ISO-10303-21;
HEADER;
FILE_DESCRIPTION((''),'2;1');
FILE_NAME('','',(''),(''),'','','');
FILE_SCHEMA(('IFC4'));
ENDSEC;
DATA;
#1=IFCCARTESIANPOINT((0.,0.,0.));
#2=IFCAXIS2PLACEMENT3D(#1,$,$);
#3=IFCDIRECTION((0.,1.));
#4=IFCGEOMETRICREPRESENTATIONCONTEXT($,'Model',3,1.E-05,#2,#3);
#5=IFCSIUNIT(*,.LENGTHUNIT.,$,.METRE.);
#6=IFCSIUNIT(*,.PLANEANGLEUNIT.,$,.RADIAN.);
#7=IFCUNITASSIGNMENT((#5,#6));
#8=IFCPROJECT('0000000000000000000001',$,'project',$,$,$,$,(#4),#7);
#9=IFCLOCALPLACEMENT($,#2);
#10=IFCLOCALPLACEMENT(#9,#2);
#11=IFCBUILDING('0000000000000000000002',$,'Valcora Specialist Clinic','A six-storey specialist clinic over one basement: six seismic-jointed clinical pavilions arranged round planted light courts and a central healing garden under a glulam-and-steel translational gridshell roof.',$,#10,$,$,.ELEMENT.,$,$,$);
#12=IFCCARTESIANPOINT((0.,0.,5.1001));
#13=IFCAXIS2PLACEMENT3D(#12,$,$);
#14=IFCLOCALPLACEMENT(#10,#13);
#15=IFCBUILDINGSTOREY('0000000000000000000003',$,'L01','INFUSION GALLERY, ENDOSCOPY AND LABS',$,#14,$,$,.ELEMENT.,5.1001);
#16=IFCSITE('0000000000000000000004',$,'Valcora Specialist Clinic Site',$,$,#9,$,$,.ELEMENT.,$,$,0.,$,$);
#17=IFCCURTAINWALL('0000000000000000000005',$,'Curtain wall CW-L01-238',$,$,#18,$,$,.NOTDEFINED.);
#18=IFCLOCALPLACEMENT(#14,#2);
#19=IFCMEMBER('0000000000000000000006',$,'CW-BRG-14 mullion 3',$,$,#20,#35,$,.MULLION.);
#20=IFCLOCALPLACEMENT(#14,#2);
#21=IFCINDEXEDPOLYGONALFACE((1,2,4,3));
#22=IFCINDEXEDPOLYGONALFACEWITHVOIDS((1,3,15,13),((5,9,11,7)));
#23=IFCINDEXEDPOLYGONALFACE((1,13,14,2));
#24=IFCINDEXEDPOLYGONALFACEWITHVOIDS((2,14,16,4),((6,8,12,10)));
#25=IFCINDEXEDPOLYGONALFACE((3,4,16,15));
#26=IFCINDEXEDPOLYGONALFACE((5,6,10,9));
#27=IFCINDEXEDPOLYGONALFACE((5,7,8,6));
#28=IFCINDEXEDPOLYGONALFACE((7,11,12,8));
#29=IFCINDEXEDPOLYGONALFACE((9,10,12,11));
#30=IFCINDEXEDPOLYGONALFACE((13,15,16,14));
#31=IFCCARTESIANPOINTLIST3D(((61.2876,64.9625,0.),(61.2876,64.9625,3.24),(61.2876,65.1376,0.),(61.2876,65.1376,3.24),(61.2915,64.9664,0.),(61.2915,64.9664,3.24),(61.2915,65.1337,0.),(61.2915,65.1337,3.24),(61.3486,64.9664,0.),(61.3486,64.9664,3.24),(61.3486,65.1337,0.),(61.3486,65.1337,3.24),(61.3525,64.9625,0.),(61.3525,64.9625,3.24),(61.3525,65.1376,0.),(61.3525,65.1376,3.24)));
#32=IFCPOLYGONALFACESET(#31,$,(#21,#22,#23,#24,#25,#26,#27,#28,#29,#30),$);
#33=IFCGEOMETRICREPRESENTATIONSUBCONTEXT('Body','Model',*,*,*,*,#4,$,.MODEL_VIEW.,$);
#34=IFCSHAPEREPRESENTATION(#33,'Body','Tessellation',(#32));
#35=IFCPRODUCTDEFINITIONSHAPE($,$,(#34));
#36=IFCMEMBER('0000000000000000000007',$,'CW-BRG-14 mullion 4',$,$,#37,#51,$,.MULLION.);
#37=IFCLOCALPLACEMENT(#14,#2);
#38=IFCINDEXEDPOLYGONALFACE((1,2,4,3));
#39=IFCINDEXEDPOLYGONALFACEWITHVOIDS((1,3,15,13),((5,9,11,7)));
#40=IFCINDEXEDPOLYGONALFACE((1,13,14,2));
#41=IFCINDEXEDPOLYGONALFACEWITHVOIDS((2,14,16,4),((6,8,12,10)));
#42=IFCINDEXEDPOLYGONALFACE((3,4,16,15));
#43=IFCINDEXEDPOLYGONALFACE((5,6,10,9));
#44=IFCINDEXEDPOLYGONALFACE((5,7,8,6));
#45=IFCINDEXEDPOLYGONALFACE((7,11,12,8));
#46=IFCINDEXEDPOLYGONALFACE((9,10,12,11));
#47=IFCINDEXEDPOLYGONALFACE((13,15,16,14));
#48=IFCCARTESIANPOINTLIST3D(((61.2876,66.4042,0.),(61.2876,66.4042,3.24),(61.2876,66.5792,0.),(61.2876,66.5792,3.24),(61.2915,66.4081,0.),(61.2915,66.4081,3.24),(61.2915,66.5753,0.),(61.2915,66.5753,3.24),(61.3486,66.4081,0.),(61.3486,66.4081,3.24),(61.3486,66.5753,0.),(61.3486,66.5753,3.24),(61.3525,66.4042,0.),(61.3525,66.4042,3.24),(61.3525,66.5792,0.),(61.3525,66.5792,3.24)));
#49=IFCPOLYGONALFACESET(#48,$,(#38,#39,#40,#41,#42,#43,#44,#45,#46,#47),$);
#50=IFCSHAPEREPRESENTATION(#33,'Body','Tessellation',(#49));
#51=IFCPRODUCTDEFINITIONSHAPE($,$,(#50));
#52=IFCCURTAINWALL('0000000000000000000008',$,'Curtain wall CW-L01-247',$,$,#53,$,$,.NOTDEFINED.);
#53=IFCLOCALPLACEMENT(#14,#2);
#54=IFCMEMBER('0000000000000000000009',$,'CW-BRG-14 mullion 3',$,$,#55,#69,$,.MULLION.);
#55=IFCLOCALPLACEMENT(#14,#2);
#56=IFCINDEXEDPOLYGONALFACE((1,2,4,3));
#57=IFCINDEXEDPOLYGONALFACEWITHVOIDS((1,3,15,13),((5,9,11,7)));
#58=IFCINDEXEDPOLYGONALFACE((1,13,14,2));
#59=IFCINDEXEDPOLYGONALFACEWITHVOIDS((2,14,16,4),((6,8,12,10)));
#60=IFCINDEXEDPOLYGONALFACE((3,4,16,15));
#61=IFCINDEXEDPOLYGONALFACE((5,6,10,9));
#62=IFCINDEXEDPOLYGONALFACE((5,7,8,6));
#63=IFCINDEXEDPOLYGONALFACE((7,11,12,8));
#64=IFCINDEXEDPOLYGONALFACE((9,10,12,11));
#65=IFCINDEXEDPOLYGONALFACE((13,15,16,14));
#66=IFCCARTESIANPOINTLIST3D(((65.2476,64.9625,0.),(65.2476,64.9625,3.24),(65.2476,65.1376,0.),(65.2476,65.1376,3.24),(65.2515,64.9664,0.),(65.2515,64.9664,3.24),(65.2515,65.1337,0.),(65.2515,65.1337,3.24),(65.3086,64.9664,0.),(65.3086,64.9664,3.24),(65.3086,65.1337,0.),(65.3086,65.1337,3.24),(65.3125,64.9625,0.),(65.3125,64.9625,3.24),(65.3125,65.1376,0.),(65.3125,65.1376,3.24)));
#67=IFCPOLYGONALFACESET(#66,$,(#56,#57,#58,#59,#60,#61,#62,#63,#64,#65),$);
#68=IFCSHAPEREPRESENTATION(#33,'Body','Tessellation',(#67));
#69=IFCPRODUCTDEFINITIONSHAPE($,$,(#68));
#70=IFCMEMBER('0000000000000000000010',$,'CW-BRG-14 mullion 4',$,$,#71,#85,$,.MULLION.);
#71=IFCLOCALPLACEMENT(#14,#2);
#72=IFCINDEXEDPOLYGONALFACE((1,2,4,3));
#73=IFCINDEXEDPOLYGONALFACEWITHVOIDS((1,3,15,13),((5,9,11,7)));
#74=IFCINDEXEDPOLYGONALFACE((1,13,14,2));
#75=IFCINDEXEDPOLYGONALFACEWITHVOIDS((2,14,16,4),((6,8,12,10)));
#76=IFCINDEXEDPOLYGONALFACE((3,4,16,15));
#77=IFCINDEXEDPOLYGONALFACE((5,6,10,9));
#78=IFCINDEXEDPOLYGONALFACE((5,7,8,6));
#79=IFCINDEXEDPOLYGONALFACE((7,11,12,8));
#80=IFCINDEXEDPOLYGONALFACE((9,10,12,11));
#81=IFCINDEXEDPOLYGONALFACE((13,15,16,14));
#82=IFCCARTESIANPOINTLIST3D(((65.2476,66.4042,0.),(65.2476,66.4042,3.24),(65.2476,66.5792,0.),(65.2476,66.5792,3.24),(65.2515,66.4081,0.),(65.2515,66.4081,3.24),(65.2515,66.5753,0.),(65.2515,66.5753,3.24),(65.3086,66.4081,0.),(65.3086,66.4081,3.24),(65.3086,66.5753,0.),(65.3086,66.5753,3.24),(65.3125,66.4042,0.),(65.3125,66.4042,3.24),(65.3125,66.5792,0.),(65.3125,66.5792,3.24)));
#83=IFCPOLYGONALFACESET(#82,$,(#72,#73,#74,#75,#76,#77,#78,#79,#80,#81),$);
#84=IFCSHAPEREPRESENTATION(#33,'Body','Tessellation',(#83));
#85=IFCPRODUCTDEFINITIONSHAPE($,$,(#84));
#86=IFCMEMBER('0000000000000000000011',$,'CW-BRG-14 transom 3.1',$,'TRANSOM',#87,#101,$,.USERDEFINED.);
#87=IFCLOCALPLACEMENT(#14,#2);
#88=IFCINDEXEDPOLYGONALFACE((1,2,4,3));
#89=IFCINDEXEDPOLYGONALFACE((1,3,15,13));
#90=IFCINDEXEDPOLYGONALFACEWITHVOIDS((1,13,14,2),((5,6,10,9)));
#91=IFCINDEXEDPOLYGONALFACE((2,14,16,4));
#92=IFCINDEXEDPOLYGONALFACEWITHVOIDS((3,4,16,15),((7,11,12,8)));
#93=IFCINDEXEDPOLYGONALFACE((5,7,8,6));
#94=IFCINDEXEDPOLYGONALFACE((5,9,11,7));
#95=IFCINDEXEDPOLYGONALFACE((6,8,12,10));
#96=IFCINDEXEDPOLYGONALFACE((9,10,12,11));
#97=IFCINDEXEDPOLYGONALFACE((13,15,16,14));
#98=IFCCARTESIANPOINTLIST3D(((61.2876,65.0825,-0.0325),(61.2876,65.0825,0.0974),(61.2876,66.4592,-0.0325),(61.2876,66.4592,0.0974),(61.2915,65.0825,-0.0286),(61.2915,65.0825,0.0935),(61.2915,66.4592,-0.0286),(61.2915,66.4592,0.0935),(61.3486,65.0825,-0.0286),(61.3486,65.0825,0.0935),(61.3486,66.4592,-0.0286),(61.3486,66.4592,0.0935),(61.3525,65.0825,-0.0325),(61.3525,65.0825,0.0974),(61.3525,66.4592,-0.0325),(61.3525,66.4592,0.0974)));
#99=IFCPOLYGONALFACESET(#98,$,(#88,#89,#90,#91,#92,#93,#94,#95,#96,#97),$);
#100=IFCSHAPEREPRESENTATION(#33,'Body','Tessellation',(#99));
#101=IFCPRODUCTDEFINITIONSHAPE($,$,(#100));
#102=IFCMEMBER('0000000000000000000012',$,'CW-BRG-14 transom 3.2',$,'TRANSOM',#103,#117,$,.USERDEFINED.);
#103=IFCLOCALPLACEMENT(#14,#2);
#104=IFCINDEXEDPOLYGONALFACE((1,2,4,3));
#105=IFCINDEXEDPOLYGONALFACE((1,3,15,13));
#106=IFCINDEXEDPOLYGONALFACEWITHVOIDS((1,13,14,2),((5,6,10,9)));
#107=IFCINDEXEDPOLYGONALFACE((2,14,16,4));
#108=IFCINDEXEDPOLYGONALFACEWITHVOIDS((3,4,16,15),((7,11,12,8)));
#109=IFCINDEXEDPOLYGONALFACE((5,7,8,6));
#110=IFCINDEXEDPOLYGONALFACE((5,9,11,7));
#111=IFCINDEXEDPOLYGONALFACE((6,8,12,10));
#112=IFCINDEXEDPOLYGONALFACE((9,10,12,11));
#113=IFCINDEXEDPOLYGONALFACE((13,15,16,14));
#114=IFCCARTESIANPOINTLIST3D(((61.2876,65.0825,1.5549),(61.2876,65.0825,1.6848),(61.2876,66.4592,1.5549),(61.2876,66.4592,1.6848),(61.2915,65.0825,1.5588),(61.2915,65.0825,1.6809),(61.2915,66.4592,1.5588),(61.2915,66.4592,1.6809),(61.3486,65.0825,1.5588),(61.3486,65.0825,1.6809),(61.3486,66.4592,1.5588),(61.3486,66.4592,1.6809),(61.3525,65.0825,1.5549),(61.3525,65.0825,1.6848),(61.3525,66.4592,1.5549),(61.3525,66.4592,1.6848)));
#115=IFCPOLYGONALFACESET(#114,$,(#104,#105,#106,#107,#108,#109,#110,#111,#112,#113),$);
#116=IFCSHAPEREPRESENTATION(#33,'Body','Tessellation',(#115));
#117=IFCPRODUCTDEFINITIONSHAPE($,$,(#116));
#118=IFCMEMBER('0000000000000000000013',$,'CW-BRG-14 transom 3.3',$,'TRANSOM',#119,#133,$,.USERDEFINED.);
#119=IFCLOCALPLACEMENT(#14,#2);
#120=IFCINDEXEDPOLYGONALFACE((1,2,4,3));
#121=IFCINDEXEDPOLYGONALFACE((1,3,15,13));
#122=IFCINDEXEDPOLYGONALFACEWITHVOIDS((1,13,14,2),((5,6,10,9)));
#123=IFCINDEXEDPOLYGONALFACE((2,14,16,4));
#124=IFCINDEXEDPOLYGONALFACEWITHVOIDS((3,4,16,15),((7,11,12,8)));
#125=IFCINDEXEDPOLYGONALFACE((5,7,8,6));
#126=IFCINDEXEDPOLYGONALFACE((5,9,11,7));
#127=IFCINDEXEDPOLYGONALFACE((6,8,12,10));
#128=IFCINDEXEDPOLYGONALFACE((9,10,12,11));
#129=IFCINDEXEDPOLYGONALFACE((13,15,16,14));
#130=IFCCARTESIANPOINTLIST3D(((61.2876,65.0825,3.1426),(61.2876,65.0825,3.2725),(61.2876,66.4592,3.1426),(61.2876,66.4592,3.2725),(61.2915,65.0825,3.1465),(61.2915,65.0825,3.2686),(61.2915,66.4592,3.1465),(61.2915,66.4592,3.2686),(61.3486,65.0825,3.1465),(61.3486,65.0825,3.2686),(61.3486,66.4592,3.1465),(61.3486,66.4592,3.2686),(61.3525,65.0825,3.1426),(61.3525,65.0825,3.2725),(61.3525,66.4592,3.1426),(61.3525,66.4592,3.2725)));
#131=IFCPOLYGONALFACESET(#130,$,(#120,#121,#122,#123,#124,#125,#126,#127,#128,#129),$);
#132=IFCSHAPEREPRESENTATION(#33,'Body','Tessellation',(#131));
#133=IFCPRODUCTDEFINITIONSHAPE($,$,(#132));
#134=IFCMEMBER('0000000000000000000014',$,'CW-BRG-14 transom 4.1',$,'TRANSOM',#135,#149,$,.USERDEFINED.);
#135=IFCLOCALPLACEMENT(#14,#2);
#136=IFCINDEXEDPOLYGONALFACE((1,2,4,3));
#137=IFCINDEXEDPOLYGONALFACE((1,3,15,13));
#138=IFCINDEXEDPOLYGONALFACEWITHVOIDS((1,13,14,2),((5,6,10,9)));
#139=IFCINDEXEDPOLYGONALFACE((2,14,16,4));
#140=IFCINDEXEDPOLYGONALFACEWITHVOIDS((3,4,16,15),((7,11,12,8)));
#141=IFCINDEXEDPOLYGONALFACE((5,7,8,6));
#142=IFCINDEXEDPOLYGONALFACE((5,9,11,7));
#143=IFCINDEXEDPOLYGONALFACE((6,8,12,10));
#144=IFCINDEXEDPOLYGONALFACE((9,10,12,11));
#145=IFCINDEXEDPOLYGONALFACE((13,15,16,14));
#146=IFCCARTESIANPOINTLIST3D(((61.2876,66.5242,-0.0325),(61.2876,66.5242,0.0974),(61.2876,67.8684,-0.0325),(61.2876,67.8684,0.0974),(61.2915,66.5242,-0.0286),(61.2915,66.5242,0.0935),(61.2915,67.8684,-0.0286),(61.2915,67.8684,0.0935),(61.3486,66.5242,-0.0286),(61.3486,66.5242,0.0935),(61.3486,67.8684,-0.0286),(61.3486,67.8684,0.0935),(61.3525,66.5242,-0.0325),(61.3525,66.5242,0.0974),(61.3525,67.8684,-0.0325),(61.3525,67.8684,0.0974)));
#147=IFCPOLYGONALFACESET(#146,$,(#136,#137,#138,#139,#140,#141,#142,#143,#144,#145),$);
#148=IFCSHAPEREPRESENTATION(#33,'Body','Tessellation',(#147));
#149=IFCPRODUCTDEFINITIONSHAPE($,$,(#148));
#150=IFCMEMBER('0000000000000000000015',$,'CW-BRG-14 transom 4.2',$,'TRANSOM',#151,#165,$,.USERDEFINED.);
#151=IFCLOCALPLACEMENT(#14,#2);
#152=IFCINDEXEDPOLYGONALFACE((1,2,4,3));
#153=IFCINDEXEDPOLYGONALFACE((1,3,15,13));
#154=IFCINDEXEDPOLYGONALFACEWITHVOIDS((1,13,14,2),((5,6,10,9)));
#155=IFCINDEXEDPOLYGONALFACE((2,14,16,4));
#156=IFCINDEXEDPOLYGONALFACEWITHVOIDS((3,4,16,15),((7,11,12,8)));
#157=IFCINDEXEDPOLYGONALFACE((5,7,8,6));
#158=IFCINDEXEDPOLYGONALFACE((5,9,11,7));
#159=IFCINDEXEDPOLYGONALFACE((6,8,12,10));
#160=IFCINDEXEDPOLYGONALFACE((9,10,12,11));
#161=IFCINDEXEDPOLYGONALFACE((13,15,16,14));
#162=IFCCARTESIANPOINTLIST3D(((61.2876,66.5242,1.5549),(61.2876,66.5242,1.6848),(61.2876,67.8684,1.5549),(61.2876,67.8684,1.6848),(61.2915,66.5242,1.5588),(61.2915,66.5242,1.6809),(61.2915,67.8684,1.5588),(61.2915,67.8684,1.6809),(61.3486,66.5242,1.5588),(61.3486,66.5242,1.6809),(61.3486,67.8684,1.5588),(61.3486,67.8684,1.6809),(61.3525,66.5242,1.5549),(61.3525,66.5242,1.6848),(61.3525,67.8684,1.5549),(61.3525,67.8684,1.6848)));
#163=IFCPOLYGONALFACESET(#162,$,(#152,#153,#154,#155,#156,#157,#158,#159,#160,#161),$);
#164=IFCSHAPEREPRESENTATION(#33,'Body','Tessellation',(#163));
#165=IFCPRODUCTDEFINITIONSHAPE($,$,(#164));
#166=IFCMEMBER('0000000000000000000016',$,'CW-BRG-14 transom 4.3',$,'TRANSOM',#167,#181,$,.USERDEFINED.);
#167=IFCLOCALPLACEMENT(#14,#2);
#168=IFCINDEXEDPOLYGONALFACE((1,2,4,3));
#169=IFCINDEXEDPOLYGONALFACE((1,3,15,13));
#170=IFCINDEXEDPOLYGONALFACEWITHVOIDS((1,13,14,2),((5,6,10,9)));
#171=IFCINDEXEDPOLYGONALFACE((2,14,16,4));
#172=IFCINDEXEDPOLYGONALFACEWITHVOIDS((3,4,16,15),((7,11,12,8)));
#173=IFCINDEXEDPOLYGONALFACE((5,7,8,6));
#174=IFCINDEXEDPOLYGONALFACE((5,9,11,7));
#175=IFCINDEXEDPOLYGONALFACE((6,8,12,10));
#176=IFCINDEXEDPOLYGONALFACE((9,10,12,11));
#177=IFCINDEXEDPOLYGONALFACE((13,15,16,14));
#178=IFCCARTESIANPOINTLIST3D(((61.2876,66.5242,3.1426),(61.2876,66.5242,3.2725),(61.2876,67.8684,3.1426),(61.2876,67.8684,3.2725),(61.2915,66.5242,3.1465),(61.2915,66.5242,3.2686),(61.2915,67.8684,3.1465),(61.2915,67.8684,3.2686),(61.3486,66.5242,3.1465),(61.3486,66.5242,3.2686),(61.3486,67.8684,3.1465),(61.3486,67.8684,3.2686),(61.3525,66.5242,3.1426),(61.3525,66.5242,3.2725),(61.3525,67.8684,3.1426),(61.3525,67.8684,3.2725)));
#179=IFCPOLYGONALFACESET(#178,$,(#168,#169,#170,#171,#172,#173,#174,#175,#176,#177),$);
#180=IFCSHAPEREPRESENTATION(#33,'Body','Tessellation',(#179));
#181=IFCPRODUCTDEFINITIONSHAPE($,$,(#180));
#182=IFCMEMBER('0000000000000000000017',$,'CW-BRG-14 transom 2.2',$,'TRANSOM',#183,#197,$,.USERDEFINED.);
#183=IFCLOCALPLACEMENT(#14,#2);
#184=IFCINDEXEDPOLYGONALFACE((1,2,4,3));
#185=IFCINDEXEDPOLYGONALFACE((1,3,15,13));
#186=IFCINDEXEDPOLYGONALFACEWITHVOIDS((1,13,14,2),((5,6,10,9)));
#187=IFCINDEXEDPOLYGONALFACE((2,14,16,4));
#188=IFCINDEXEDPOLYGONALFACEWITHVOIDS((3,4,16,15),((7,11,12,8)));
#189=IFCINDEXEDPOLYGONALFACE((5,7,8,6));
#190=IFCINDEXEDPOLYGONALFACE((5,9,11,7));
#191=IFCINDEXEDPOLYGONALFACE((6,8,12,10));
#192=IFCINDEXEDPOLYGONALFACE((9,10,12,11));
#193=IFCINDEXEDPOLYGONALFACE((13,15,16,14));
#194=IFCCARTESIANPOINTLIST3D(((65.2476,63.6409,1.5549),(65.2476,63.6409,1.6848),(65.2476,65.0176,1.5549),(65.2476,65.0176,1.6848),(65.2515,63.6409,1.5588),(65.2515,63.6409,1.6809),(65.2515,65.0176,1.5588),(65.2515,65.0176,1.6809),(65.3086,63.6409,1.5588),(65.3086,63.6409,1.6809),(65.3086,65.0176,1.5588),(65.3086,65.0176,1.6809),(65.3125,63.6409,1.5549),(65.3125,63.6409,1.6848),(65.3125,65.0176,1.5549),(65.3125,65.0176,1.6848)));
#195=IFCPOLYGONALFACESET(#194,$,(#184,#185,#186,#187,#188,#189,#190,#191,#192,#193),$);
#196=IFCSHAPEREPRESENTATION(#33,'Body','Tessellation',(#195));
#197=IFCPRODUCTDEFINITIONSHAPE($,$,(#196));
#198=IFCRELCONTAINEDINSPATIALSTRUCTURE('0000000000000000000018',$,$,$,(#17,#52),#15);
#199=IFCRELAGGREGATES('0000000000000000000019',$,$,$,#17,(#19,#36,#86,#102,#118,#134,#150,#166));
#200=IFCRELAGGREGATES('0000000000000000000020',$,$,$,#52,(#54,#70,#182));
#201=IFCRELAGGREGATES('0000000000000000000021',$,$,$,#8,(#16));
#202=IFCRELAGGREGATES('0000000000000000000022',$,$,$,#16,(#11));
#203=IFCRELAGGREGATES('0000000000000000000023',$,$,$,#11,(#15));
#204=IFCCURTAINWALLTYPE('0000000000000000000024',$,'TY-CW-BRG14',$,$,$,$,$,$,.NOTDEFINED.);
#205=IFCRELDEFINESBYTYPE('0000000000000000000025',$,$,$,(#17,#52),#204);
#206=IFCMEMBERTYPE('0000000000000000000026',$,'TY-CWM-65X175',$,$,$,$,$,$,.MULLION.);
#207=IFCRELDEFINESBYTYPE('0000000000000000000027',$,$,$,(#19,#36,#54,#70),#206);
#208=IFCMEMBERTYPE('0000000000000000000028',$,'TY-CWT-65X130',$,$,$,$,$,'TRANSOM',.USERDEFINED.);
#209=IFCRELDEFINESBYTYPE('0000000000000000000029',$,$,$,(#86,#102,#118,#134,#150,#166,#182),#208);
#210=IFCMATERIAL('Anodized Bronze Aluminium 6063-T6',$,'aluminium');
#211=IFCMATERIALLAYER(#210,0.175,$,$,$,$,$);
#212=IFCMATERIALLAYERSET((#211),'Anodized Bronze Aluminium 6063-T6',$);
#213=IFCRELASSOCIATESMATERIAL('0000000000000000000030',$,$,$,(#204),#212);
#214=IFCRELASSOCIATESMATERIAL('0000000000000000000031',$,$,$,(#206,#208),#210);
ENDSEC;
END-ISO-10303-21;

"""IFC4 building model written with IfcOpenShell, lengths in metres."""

from ifc_helpers import new_model, si_unit, direction, frame, origin, origin_2d, place, context, subcontext, project, spatial, hollow_rectangle, extrude, material, layer, layer_set, material_profile, profile_set, type_object, element, aggregate, save


model = new_model("IFC4")

# Units and contexts
model_context = context("Model", 3, precision=1e-05, world=origin(), true_north=direction((0.0, 1.0)))
body_context = subcontext(model_context, "Body", "Model", "MODEL_VIEW")
ifc_project = project(units=[si_unit("LENGTHUNIT", "METRE"), si_unit("PLANEANGLEUNIT", "RADIAN")], contexts=[model_context])

# Site, building, storey
site_placement = place(None, origin())
site = spatial("IfcSite", under=ifc_project, at=site_placement, Name="Valcora Specialist Clinic Site", CompositionType="ELEMENT", RefElevation=0.0)
building_placement = place(site_placement, origin())
building = spatial("IfcBuilding", under=site, at=building_placement, Name="Valcora Specialist Clinic", Description="A six-storey specialist clinic over one basement: six seismic-jointed clinical pavilions arranged round planted light courts and a central healing garden under a glulam-and-steel translational gridshell roof.", CompositionType="ELEMENT")
storey_placement = place(building_placement, frame((0.0, 0.0, 5.1001)))
storey = spatial("IfcBuildingStorey", under=building, at=storey_placement, Name="L01", Description="INFUSION GALLERY, ENDOSCOPY AND LABS", CompositionType="ELEMENT", Elevation=5.1001)

# Curtain walls, members
ifc_material_1 = material(Name="Anodized Bronze Aluminium 6063-T6", Category="aluminium")
ifc_layer_1 = layer(ifc_material_1, 0.175)
ifc_layer_set_1 = layer_set([ifc_layer_1], Name="Anodized Bronze Aluminium 6063-T6")
curtain_wall_type = type_object("IfcCurtainWallType", Name="TY-CW-BRG14", PredefinedType="NOTDEFINED", material=ifc_layer_set_1)
curtain_wall_1_placement = place(storey_placement, origin())
curtain_wall_1 = element("IfcCurtainWall", 1, at=curtain_wall_1_placement, inside=storey, type_object=curtain_wall_type, Name="Curtain wall CW-L01-238", PredefinedType="NOTDEFINED")
ifc_material_profile_1 = material_profile(ifc_material_1, hollow_rectangle(XDim=0.0649, YDim=0.175, WallThickness=0.0039, at=origin_2d()), Name="AL-MUL-65X175")
ifc_profile_set_1 = profile_set([ifc_material_profile_1], Name="Anodized Bronze Aluminium 6063-T6")
member_type_1 = type_object("IfcMemberType", Name="TY-CWM-65X175", PredefinedType="MULLION", material=ifc_profile_set_1)
member_1_placement = place(storey_placement, frame((61.3201, 65.05, 0.0), z_axis=(0.0, 0.0, 1.0), x_axis=(-1.0, 0.0, 0.0)))
member_1 = element("IfcMember", 2, at=member_1_placement, type_object=member_type_1, Name="CW-BRG-14 mullion 3", PredefinedType="MULLION", context=body_context, shape_type="SweptSolid", body=[
    extrude(hollow_rectangle(XDim=0.0649, YDim=0.175, WallThickness=0.0039, at=origin_2d()), origin(), (0.0, 0.0, 1.0), 3.24),
])
member_2_placement = place(storey_placement, frame((61.3201, 66.4917, 0.0), z_axis=(0.0, 0.0, 1.0), x_axis=(-1.0, 0.0, 0.0)))
member_2 = element("IfcMember", 3, at=member_2_placement, type_object=member_type_1, Name="CW-BRG-14 mullion 4", PredefinedType="MULLION", context=body_context, shape_type="SweptSolid", body=[
    extrude(hollow_rectangle(XDim=0.0649, YDim=0.175, WallThickness=0.0039, at=origin_2d()), origin(), (0.0, 0.0, 1.0), 3.24),
])
curtain_wall_2_placement = place(storey_placement, origin())
curtain_wall_2 = element("IfcCurtainWall", 4, at=curtain_wall_2_placement, inside=storey, type_object=curtain_wall_type, Name="Curtain wall CW-L01-247", PredefinedType="NOTDEFINED")
member_3_placement = place(storey_placement, frame((65.28, 65.05, 0.0), z_axis=(0.0, 0.0, 1.0), x_axis=(-1.0, 0.0, 0.0)))
member_3 = element("IfcMember", 5, at=member_3_placement, type_object=member_type_1, Name="CW-BRG-14 mullion 3", PredefinedType="MULLION", context=body_context, shape_type="SweptSolid", body=[
    extrude(hollow_rectangle(XDim=0.0649, YDim=0.175, WallThickness=0.0039, at=origin_2d()), origin(), (0.0, 0.0, 1.0), 3.24),
])
member_4_placement = place(storey_placement, frame((65.28, 66.4917, 0.0), z_axis=(0.0, 0.0, 1.0), x_axis=(-1.0, 0.0, 0.0)))
member_4 = element("IfcMember", 6, at=member_4_placement, type_object=member_type_1, Name="CW-BRG-14 mullion 4", PredefinedType="MULLION", context=body_context, shape_type="SweptSolid", body=[
    extrude(hollow_rectangle(XDim=0.0649, YDim=0.175, WallThickness=0.0039, at=origin_2d()), origin(), (0.0, 0.0, 1.0), 3.24),
])

# Members
ifc_material_profile_2 = material_profile(ifc_material_1, hollow_rectangle(XDim=0.0649, YDim=0.1299, WallThickness=0.0039, at=origin_2d()), Name="AL-TRN-65X130")
ifc_profile_set_2 = profile_set([ifc_material_profile_2], Name="Anodized Bronze Aluminium 6063-T6")
member_type_2 = type_object("IfcMemberType", Name="TY-CWT-65X130", ElementType="TRANSOM", PredefinedType="USERDEFINED", material=ifc_profile_set_2)
member_5_placement = place(storey_placement, frame((61.3201, 65.0825, 0.0325), z_axis=(0.0, 1.0, 0.0), x_axis=(-1.0, 0.0, 0.0)))
member_5 = element("IfcMember", 7, at=member_5_placement, type_object=member_type_2, Name="CW-BRG-14 transom 3.1", ObjectType="TRANSOM", PredefinedType="USERDEFINED", context=body_context, shape_type="SweptSolid", body=[
    extrude(hollow_rectangle(XDim=0.0649, YDim=0.1299, WallThickness=0.0039, at=origin_2d()), origin(), (0.0, 0.0, 1.0), 1.3767),
])
member_6_placement = place(storey_placement, frame((61.3201, 65.0825, 1.6199), z_axis=(0.0, 1.0, 0.0), x_axis=(-1.0, 0.0, 0.0)))
member_6 = element("IfcMember", 8, at=member_6_placement, type_object=member_type_2, Name="CW-BRG-14 transom 3.2", ObjectType="TRANSOM", PredefinedType="USERDEFINED", context=body_context, shape_type="SweptSolid", body=[
    extrude(hollow_rectangle(XDim=0.0649, YDim=0.1299, WallThickness=0.0039, at=origin_2d()), origin(), (0.0, 0.0, 1.0), 1.3767),
])
member_7_placement = place(storey_placement, frame((61.3201, 65.0825, 3.2075), z_axis=(0.0, 1.0, 0.0), x_axis=(-1.0, 0.0, 0.0)))
member_7 = element("IfcMember", 9, at=member_7_placement, type_object=member_type_2, Name="CW-BRG-14 transom 3.3", ObjectType="TRANSOM", PredefinedType="USERDEFINED", context=body_context, shape_type="SweptSolid", body=[
    extrude(hollow_rectangle(XDim=0.0649, YDim=0.1299, WallThickness=0.0039, at=origin_2d()), origin(), (0.0, 0.0, 1.0), 1.3767),
])
member_8_placement = place(storey_placement, frame((61.3201, 66.5242, 0.0325), z_axis=(0.0, 1.0, 0.0), x_axis=(-1.0, 0.0, 0.0)))
member_8 = element("IfcMember", 10, at=member_8_placement, type_object=member_type_2, Name="CW-BRG-14 transom 4.1", ObjectType="TRANSOM", PredefinedType="USERDEFINED", context=body_context, shape_type="SweptSolid", body=[
    extrude(hollow_rectangle(XDim=0.0649, YDim=0.1299, WallThickness=0.0039, at=origin_2d()), origin(), (0.0, 0.0, 1.0), 1.3442),
])
member_9_placement = place(storey_placement, frame((61.3201, 66.5242, 1.6199), z_axis=(0.0, 1.0, 0.0), x_axis=(-1.0, 0.0, 0.0)))
member_9 = element("IfcMember", 11, at=member_9_placement, type_object=member_type_2, Name="CW-BRG-14 transom 4.2", ObjectType="TRANSOM", PredefinedType="USERDEFINED", context=body_context, shape_type="SweptSolid", body=[
    extrude(hollow_rectangle(XDim=0.0649, YDim=0.1299, WallThickness=0.0039, at=origin_2d()), origin(), (0.0, 0.0, 1.0), 1.3442),
])
member_10_placement = place(storey_placement, frame((61.3201, 66.5242, 3.2075), z_axis=(0.0, 1.0, 0.0), x_axis=(-1.0, 0.0, 0.0)))
member_10 = element("IfcMember", 12, at=member_10_placement, type_object=member_type_2, Name="CW-BRG-14 transom 4.3", ObjectType="TRANSOM", PredefinedType="USERDEFINED", context=body_context, shape_type="SweptSolid", body=[
    extrude(hollow_rectangle(XDim=0.0649, YDim=0.1299, WallThickness=0.0039, at=origin_2d()), origin(), (0.0, 0.0, 1.0), 1.3442),
])
member_11_placement = place(storey_placement, frame((65.28, 63.6409, 1.6199), z_axis=(0.0, 1.0, 0.0), x_axis=(-1.0, 0.0, 0.0)))
member_11 = element("IfcMember", 13, at=member_11_placement, type_object=member_type_2, Name="CW-BRG-14 transom 2.2", ObjectType="TRANSOM", PredefinedType="USERDEFINED", context=body_context, shape_type="SweptSolid", body=[
    extrude(hollow_rectangle(XDim=0.0649, YDim=0.1299, WallThickness=0.0039, at=origin_2d()), origin(), (0.0, 0.0, 1.0), 1.3767),
])

aggregate(curtain_wall_1, [member_1, member_2, member_5, member_6, member_7, member_8, member_9, member_10])
aggregate(curtain_wall_2, [member_3, member_4, member_11])

save(model, "model.ifc")
